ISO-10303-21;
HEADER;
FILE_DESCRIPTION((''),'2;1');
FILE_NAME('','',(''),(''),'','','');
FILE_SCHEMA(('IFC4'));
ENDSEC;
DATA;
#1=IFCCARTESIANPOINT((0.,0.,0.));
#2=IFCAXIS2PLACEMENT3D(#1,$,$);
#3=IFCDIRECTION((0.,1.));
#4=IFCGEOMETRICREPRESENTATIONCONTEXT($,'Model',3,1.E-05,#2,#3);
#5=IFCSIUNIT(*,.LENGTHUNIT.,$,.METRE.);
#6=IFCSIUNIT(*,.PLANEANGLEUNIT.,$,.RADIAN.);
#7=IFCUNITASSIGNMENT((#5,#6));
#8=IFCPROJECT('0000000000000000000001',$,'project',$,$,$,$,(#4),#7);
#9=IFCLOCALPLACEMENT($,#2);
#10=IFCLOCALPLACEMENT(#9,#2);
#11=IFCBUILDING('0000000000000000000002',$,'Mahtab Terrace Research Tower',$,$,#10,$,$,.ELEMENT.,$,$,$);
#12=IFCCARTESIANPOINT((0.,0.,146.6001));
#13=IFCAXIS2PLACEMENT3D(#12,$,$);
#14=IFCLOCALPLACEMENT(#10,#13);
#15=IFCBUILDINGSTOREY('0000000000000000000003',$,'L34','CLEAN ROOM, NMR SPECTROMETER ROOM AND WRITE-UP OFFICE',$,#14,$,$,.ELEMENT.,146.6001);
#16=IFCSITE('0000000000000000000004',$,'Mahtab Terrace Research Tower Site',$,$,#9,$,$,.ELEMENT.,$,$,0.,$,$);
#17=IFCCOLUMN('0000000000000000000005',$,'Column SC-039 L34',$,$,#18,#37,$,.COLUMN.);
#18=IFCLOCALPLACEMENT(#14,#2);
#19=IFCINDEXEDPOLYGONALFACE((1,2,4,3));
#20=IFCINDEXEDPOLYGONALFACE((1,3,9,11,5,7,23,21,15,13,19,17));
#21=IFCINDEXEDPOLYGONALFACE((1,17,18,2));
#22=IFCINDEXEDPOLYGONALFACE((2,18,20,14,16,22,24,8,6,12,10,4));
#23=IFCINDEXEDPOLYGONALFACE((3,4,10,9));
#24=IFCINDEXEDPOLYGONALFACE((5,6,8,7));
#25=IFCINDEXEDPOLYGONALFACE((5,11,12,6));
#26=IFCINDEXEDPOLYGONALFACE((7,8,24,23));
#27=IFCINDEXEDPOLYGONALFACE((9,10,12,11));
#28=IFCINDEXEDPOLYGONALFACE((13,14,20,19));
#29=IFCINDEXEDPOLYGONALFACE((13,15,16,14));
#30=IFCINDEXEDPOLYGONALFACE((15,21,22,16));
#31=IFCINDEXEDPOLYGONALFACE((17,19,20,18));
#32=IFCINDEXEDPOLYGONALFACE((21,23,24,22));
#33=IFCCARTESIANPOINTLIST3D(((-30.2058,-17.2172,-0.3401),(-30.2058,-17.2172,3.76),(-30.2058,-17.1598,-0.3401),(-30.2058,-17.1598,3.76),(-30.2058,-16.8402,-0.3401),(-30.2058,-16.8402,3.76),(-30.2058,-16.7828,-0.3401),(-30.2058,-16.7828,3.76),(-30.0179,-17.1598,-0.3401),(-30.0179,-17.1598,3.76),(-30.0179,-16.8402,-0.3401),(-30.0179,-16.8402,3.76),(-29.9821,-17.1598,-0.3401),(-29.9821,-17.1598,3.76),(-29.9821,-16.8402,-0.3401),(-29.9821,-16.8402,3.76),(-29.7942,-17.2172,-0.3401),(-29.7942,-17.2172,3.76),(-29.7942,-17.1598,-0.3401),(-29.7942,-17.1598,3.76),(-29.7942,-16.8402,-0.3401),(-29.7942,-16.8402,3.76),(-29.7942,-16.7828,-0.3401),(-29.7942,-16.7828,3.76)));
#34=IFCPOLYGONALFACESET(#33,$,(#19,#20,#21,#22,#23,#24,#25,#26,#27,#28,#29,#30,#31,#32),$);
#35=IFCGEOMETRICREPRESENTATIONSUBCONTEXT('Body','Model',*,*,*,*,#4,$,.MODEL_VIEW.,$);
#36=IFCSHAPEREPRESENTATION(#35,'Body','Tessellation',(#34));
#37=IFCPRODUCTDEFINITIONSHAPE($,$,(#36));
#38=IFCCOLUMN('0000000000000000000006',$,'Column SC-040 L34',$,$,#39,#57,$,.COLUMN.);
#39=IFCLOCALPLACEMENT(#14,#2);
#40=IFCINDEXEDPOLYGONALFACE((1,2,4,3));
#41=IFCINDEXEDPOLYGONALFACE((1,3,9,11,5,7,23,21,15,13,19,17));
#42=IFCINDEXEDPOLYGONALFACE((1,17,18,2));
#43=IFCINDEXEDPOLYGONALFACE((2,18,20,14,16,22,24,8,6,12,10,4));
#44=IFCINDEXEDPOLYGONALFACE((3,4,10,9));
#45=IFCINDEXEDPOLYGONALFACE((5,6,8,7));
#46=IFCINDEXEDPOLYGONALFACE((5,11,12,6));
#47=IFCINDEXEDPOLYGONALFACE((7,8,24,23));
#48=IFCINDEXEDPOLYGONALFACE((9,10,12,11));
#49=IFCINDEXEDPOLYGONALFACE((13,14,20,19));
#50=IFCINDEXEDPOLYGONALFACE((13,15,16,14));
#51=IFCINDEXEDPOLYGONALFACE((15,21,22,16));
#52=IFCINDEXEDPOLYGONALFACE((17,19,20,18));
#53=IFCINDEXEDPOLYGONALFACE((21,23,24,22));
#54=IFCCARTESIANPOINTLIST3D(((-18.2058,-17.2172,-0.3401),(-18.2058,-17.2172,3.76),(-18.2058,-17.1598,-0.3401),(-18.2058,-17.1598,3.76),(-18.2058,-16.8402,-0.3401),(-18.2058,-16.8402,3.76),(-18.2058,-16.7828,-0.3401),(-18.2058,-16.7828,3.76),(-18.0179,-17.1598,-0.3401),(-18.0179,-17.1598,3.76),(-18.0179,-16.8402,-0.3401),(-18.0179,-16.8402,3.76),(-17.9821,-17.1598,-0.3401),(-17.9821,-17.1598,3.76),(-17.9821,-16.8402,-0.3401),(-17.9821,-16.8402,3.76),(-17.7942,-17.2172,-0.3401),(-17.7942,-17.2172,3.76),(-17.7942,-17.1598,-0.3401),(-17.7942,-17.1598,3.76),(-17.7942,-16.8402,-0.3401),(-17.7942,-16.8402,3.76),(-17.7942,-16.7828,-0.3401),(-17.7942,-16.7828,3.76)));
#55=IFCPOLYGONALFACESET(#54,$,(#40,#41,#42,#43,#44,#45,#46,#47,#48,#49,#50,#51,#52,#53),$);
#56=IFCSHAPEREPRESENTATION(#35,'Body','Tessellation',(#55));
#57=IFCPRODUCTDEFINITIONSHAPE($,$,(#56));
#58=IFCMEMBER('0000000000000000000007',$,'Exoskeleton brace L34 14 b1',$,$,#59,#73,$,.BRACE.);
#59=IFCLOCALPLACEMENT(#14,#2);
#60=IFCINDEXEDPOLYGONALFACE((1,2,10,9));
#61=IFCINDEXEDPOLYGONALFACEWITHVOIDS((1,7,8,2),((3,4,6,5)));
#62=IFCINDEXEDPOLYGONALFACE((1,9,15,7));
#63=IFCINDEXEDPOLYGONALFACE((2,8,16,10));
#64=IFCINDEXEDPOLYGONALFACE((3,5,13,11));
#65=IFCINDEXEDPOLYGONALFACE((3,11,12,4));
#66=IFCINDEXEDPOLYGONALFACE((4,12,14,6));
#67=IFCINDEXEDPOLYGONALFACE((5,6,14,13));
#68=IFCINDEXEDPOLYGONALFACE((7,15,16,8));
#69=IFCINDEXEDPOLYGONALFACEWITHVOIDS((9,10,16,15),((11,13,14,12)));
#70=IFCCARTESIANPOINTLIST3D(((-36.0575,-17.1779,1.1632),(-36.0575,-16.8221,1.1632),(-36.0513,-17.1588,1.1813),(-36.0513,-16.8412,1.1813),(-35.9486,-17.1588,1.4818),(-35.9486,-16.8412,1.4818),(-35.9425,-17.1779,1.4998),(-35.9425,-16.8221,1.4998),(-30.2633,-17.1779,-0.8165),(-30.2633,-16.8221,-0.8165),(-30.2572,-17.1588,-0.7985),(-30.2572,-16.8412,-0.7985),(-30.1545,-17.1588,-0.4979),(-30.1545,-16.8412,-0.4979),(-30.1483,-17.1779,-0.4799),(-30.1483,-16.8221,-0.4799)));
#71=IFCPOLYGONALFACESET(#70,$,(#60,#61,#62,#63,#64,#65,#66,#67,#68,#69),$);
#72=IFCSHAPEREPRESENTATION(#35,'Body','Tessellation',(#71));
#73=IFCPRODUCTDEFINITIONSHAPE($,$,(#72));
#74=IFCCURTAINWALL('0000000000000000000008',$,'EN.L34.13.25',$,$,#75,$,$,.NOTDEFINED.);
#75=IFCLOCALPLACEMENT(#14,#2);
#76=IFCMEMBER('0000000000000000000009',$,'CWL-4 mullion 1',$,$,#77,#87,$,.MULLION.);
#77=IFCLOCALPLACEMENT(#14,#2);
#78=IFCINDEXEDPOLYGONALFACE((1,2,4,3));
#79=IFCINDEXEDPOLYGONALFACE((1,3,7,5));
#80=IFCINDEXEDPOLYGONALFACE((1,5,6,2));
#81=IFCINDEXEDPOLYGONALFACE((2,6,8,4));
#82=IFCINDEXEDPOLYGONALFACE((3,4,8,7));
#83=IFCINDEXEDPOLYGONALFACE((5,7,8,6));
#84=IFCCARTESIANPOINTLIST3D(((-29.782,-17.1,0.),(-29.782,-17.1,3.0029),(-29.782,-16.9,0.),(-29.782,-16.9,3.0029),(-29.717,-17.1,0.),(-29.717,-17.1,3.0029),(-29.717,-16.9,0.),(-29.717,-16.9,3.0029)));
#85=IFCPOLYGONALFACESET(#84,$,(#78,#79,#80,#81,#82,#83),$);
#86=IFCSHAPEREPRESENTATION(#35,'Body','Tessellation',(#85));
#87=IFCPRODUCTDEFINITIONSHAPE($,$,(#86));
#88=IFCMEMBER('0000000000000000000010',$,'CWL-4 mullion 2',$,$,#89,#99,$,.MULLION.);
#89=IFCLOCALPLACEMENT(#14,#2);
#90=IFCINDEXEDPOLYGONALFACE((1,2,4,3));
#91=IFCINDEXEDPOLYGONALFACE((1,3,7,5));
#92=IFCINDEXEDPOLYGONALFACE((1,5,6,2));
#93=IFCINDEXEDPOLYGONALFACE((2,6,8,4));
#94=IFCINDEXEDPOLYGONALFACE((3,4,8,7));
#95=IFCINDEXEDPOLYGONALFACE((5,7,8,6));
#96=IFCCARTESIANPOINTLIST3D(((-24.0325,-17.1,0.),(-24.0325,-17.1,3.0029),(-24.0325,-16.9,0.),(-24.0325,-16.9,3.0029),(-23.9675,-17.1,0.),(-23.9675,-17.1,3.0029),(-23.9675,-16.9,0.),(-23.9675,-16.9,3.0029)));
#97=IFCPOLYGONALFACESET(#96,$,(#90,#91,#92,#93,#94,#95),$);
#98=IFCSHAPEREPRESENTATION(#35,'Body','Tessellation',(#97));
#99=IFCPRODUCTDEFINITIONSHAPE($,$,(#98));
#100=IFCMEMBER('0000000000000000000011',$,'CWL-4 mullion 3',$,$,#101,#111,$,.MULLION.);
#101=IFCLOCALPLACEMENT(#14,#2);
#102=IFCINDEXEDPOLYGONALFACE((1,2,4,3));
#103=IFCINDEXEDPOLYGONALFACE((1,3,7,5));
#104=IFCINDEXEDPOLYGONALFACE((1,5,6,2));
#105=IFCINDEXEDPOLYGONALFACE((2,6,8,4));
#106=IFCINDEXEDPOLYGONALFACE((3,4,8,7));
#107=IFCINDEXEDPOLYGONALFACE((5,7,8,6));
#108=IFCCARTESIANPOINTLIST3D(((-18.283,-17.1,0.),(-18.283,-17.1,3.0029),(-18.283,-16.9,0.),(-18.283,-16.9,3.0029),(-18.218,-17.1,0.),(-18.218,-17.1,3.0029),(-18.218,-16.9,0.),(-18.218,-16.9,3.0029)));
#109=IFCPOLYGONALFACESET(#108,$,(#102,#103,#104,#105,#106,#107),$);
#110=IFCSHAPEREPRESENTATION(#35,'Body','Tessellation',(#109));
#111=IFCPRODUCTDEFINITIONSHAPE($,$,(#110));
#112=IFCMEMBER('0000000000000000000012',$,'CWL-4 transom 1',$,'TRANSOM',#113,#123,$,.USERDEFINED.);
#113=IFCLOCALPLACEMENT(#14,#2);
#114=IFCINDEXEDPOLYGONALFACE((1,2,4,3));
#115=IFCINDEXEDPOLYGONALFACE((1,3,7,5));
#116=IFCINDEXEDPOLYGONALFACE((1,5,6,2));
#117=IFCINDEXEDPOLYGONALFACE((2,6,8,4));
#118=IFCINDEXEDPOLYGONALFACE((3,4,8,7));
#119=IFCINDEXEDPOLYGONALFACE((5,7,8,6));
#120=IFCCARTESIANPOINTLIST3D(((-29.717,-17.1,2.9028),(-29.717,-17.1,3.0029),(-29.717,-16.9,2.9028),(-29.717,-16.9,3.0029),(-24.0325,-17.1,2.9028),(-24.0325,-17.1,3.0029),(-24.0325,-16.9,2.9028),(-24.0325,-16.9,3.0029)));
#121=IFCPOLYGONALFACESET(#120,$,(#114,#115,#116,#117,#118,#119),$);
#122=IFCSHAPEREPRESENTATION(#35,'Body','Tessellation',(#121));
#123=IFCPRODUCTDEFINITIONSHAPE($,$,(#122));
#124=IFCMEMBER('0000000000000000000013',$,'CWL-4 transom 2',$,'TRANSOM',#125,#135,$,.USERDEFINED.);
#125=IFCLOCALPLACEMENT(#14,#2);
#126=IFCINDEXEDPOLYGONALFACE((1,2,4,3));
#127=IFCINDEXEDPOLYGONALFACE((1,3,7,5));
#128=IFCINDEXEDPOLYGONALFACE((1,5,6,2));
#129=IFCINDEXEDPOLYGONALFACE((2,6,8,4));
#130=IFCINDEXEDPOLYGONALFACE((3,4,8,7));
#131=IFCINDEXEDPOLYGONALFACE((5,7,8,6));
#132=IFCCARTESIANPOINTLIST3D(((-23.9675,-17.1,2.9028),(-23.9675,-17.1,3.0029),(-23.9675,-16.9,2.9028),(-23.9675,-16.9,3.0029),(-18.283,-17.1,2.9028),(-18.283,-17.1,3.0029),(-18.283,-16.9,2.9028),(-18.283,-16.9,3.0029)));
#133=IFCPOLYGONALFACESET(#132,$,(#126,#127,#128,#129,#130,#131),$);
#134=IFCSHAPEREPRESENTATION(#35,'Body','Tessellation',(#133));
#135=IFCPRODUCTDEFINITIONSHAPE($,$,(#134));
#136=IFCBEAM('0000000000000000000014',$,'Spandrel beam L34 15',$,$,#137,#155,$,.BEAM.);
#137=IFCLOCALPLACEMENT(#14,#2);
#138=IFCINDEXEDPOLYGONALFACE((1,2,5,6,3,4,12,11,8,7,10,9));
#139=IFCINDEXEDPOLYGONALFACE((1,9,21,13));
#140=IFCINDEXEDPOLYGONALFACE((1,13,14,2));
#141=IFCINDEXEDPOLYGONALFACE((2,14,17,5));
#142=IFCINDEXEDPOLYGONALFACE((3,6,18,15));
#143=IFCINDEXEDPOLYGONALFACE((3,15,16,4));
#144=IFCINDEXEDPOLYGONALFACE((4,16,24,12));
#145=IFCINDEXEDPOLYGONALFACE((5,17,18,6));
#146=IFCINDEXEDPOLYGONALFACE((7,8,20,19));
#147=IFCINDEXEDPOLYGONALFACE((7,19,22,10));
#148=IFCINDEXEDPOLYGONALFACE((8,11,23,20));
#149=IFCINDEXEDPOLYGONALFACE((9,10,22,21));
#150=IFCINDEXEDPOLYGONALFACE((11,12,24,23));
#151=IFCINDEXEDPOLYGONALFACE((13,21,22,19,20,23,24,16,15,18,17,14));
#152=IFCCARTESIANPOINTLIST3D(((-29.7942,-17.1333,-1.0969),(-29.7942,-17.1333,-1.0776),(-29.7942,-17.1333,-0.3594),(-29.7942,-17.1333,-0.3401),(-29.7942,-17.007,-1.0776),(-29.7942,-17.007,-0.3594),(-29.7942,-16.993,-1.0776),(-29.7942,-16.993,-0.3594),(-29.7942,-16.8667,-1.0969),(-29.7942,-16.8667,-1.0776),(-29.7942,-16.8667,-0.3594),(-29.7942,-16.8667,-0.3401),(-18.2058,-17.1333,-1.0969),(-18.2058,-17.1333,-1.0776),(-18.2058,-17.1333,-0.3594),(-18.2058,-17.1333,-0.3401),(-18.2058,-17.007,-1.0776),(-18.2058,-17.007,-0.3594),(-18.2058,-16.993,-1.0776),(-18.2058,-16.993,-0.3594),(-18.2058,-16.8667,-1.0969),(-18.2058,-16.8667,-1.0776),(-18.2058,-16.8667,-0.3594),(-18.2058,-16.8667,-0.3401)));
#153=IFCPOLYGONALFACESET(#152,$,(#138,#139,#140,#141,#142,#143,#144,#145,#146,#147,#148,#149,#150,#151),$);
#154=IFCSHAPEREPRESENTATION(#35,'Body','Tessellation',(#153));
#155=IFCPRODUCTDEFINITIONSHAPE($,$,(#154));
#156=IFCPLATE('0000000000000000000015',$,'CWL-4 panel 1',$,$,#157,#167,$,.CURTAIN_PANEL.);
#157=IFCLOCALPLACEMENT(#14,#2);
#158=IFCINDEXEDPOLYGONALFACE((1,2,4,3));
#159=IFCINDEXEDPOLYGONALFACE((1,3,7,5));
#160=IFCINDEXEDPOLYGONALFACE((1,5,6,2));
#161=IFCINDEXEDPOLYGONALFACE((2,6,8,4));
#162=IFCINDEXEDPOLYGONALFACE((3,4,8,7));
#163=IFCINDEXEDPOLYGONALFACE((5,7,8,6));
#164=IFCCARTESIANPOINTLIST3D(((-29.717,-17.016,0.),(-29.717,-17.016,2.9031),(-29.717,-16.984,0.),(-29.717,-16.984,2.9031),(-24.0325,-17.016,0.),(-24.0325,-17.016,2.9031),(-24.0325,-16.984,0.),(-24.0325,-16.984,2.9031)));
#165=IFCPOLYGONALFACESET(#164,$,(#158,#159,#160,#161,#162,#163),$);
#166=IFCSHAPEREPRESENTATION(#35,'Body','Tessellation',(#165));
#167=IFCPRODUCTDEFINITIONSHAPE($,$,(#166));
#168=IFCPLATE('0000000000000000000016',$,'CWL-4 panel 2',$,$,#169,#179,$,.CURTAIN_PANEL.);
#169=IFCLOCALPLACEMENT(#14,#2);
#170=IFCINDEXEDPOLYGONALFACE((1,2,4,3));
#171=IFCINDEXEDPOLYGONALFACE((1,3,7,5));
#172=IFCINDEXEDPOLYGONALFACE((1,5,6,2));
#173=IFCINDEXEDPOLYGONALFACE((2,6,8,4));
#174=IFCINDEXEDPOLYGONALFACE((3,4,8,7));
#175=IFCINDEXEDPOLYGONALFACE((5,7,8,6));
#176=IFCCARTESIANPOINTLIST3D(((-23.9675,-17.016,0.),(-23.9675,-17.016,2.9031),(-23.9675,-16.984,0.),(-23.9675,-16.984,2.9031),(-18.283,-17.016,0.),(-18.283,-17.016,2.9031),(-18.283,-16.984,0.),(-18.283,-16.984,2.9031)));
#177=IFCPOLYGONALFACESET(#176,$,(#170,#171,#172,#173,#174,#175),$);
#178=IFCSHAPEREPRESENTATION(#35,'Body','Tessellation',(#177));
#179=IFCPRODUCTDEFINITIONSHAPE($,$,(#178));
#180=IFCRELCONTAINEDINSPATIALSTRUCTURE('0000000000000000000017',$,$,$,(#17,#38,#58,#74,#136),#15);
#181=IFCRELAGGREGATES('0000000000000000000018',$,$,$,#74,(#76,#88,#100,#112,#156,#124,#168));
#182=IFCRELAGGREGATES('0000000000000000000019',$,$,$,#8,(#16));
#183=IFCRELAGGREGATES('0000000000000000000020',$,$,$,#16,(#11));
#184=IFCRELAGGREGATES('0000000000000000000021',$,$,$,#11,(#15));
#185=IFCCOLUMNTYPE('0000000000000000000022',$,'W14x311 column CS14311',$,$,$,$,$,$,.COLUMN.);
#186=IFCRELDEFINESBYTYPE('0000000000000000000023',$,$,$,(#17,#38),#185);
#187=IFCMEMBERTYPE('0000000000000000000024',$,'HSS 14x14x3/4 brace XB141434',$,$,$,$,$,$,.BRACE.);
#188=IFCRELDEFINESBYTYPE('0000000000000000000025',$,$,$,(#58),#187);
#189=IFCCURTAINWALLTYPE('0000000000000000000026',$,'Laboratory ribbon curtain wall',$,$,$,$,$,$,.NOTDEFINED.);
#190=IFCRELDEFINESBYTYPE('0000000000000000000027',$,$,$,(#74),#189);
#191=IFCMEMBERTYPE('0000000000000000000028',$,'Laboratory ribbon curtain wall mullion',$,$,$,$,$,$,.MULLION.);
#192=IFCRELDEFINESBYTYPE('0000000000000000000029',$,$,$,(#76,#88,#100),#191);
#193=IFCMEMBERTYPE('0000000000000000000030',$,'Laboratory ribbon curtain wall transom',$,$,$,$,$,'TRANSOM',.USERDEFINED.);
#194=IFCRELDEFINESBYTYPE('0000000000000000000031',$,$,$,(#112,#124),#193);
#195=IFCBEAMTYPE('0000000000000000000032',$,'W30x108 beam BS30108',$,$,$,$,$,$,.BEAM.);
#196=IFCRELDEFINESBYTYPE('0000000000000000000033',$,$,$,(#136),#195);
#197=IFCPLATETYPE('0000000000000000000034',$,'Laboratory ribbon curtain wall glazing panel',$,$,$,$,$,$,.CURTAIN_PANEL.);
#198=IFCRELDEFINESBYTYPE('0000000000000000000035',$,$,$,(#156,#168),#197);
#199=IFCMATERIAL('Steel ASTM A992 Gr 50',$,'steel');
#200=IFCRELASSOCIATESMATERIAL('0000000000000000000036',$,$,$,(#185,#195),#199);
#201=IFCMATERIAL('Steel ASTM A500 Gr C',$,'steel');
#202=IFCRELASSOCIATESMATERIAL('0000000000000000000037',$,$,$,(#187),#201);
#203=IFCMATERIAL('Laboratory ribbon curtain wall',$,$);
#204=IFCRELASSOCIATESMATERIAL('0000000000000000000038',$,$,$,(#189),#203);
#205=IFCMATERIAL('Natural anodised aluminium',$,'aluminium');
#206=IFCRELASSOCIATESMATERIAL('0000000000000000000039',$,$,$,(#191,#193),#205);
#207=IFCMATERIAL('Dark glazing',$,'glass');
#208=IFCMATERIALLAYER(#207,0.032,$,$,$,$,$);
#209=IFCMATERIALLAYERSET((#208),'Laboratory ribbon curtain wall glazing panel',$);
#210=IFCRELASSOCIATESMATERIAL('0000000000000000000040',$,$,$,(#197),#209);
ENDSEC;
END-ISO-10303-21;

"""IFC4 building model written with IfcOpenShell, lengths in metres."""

from ifc_helpers import new_model, si_unit, direction, frame, origin, origin_2d, place, context, subcontext, project, spatial, rectangle, hollow_rectangle, i_section, extrude, material, layer, layer_set, material_profile, profile_set, type_object, element, aggregate, save


model = new_model("IFC4")

# Units and contexts
model_context = context("Model", 3, precision=1e-05, world=origin(), true_north=direction((0.0, 1.0)))
body_context = subcontext(model_context, "Body", "Model", "MODEL_VIEW")
ifc_project = project(units=[si_unit("LENGTHUNIT", "METRE"), si_unit("PLANEANGLEUNIT", "RADIAN")], contexts=[model_context])

# Site, building, storey
site_placement = place(None, origin())
site = spatial("IfcSite", under=ifc_project, at=site_placement, Name="Mahtab Terrace Research Tower Site", CompositionType="ELEMENT", RefElevation=0.0)
building_placement = place(site_placement, origin())
building = spatial("IfcBuilding", under=site, at=building_placement, Name="Mahtab Terrace Research Tower", CompositionType="ELEMENT")
storey_placement = place(building_placement, frame((0.0, 0.0, 146.6001)))
storey = spatial("IfcBuildingStorey", under=building, at=storey_placement, Name="L34", Description="CLEAN ROOM, NMR SPECTROMETER ROOM AND WRITE-UP OFFICE", CompositionType="ELEMENT", Elevation=146.6001)

# Columns
ifc_material_1 = material(Name="Steel ASTM A992 Gr 50", Category="steel")
ifc_material_profile_1 = material_profile(ifc_material_1, i_section(OverallWidth=0.4116, OverallDepth=0.4343, WebThickness=0.0359, FlangeThickness=0.0574, at=origin_2d()), Name="W14X311")
ifc_profile_set_1 = profile_set([ifc_material_profile_1], Name="Steel ASTM A992 Gr 50")
column_type = type_object("IfcColumnType", Name="W14x311 column CS14311", PredefinedType="COLUMN", material=ifc_profile_set_1)
for number, where, z_axis, x_axis, name in (
    (1, (-30.0, -17.0, -0.3401), (0.0, 0.0, 1.0), (1.0, 0.0, 0.0), "Column SC-039 L34"),
    (2, (-18.0, -17.0, -0.3401), (0.0, 0.0, 1.0), (1.0, 0.0, 0.0), "Column SC-040 L34"),
):
    element("IfcColumn", number, at=place(storey_placement, frame(where, z_axis=z_axis, x_axis=x_axis)), inside=storey, type_object=column_type, Name=name, PredefinedType="COLUMN", context=body_context, shape_type="SweptSolid", body=[
        extrude(i_section(OverallWidth=0.4116, OverallDepth=0.4343, WebThickness=0.0359, FlangeThickness=0.0574, at=origin_2d()), origin(), (0.0, 0.0, 1.0), 4.1001),
    ])

# Member
ifc_material_2 = material(Name="Steel ASTM A500 Gr C", Category="steel")
ifc_material_profile_2 = material_profile(ifc_material_2, hollow_rectangle(XDim=0.3557, YDim=0.3557, WallThickness=0.019, at=origin_2d()), Name="HSS14X14X3/4")
ifc_profile_set_2 = profile_set([ifc_material_profile_2], Name="Steel ASTM A500 Gr C")
member_type_1 = type_object("IfcMemberType", Name="HSS 14x14x3/4 brace XB141434", PredefinedType="BRACE", material=ifc_profile_set_2)
member_1_placement = place(storey_placement, frame((-30.2058, -17.0, -0.6482), z_axis=(-0.946288, 0.0, 0.323324), x_axis=(0.0, -1.0, 0.0)))
element("IfcMember", 3, at=member_1_placement, inside=storey, type_object=member_type_1, Name="Exoskeleton brace L34 14 b1", PredefinedType="BRACE", context=body_context, shape_type="SweptSolid", body=[
    extrude(hollow_rectangle(XDim=0.3557, YDim=0.3557, WallThickness=0.019, at=origin_2d()), origin(), (0.0, 0.0, 1.0), 6.123),
])

# Curtain wall, members
ifc_material_3 = material(Name="Laboratory ribbon curtain wall")
curtain_wall_type = type_object("IfcCurtainWallType", Name="Laboratory ribbon curtain wall", PredefinedType="NOTDEFINED", material=ifc_material_3)
curtain_wall_placement = place(storey_placement, origin())
curtain_wall = element("IfcCurtainWall", 4, at=curtain_wall_placement, inside=storey, type_object=curtain_wall_type, Name="EN.L34.13.25", PredefinedType="NOTDEFINED")
ifc_material_4 = material(Name="Natural anodised aluminium", Category="aluminium")
ifc_material_profile_3 = material_profile(ifc_material_4, rectangle(XDim=0.2, YDim=0.0649, at=origin_2d()), Name="MULLION 65x200")
ifc_profile_set_3 = profile_set([ifc_material_profile_3], Name="Natural anodised aluminium")
member_type_2 = type_object("IfcMemberType", Name="Laboratory ribbon curtain wall mullion", PredefinedType="MULLION", material=ifc_profile_set_3)
member_2_placement = place(storey_placement, frame((-29.7495, -17.0, 0.0), z_axis=(0.0, 0.0, 1.0), x_axis=(0.0, 1.0, 0.0)))
member_2 = element("IfcMember", 5, at=member_2_placement, type_object=member_type_2, Name="CWL-4 mullion 1", PredefinedType="MULLION", context=body_context, shape_type="SweptSolid", body=[
    extrude(rectangle(XDim=0.2, YDim=0.0649, at=origin_2d()), origin(), (0.0, 0.0, 1.0), 3.0029),
])
member_3_placement = place(storey_placement, frame((-24.0, -17.0, 0.0), z_axis=(0.0, 0.0, 1.0), x_axis=(0.0, 1.0, 0.0)))
member_3 = element("IfcMember", 6, at=member_3_placement, type_object=member_type_2, Name="CWL-4 mullion 2", PredefinedType="MULLION", context=body_context, shape_type="SweptSolid", body=[
    extrude(rectangle(XDim=0.2, YDim=0.0649, at=origin_2d()), origin(), (0.0, 0.0, 1.0), 3.0029),
])
member_4_placement = place(storey_placement, frame((-18.2505, -17.0, 0.0), z_axis=(0.0, 0.0, 1.0), x_axis=(0.0, 1.0, 0.0)))
member_4 = element("IfcMember", 7, at=member_4_placement, type_object=member_type_2, Name="CWL-4 mullion 3", PredefinedType="MULLION", context=body_context, shape_type="SweptSolid", body=[
    extrude(rectangle(XDim=0.2, YDim=0.0649, at=origin_2d()), origin(), (0.0, 0.0, 1.0), 3.0029),
])
ifc_material_profile_4 = material_profile(ifc_material_4, rectangle(XDim=0.2, YDim=0.1001, at=origin_2d()), Name="TRANSOM 100x200")
ifc_profile_set_4 = profile_set([ifc_material_profile_4], Name="Natural anodised aluminium")
member_type_3 = type_object("IfcMemberType", Name="Laboratory ribbon curtain wall transom", ElementType="TRANSOM", PredefinedType="USERDEFINED", material=ifc_profile_set_4)
member_5_placement = place(storey_placement, frame((-29.717, -17.0, 2.9529), z_axis=(1.0, 0.0, 0.0), x_axis=(0.0, 1.0, 0.0)))
member_5 = element("IfcMember", 8, at=member_5_placement, type_object=member_type_3, Name="CWL-4 transom 1", ObjectType="TRANSOM", PredefinedType="USERDEFINED", context=body_context, shape_type="SweptSolid", body=[
    extrude(rectangle(XDim=0.2, YDim=0.1001, at=origin_2d()), origin(), (0.0, 0.0, 1.0), 5.6846),
])
member_6_placement = place(storey_placement, frame((-23.9675, -17.0, 2.9529), z_axis=(1.0, 0.0, 0.0), x_axis=(0.0, 1.0, 0.0)))
member_6 = element("IfcMember", 9, at=member_6_placement, type_object=member_type_3, Name="CWL-4 transom 2", ObjectType="TRANSOM", PredefinedType="USERDEFINED", context=body_context, shape_type="SweptSolid", body=[
    extrude(rectangle(XDim=0.2, YDim=0.1001, at=origin_2d()), origin(), (0.0, 0.0, 1.0), 5.6846),
])

# Beam
ifc_material_profile_5 = material_profile(ifc_material_1, i_section(OverallWidth=0.2666, OverallDepth=0.7568, WebThickness=0.0139, FlangeThickness=0.0193, at=origin_2d()), Name="W30X108")
ifc_profile_set_5 = profile_set([ifc_material_profile_5], Name="Steel ASTM A992 Gr 50")
beam_type = type_object("IfcBeamType", Name="W30x108 beam BS30108", PredefinedType="BEAM", material=ifc_profile_set_5)
beam_placement = place(storey_placement, frame((-29.7942, -17.0, -0.7185), z_axis=(1.0, 0.0, 0.0), x_axis=(0.0, 1.0, 0.0)))
element("IfcBeam", 10, at=beam_placement, inside=storey, type_object=beam_type, Name="Spandrel beam L34 15", PredefinedType="BEAM", context=body_context, shape_type="SweptSolid", body=[
    extrude(i_section(OverallWidth=0.2666, OverallDepth=0.7568, WebThickness=0.0139, FlangeThickness=0.0193, at=origin_2d()), origin(), (0.0, 0.0, 1.0), 11.5884),
])

# Plates
ifc_material_5 = material(Name="Dark glazing", Category="glass")
ifc_layer_1 = layer(ifc_material_5, 0.032)
ifc_layer_set_1 = layer_set([ifc_layer_1], Name="Laboratory ribbon curtain wall glazing panel")
plate_type = type_object("IfcPlateType", Name="Laboratory ribbon curtain wall glazing panel", PredefinedType="CURTAIN_PANEL", material=ifc_layer_set_1)
plate_1_placement = place(storey_placement, frame((-26.8748, -17.0, 0.0), z_axis=(0.0, 0.0, 1.0), x_axis=(1.0, 0.0, 0.0)))
plate_1 = element("IfcPlate", 11, at=plate_1_placement, type_object=plate_type, Name="CWL-4 panel 1", PredefinedType="CURTAIN_PANEL", context=body_context, shape_type="SweptSolid", body=[
    extrude(rectangle(XDim=5.6846, YDim=0.032, at=origin_2d()), origin(), (0.0, 0.0, 1.0), 2.9031),
])
plate_2_placement = place(storey_placement, frame((-21.1252, -17.0, 0.0), z_axis=(0.0, 0.0, 1.0), x_axis=(1.0, 0.0, 0.0)))
plate_2 = element("IfcPlate", 12, at=plate_2_placement, type_object=plate_type, Name="CWL-4 panel 2", PredefinedType="CURTAIN_PANEL", context=body_context, shape_type="SweptSolid", body=[
    extrude(rectangle(XDim=5.6846, YDim=0.032, at=origin_2d()), origin(), (0.0, 0.0, 1.0), 2.9031),
])
aggregate(curtain_wall, [member_2, member_3, member_4, member_5, plate_1, member_6, plate_2])

save(model, "model.ifc")
